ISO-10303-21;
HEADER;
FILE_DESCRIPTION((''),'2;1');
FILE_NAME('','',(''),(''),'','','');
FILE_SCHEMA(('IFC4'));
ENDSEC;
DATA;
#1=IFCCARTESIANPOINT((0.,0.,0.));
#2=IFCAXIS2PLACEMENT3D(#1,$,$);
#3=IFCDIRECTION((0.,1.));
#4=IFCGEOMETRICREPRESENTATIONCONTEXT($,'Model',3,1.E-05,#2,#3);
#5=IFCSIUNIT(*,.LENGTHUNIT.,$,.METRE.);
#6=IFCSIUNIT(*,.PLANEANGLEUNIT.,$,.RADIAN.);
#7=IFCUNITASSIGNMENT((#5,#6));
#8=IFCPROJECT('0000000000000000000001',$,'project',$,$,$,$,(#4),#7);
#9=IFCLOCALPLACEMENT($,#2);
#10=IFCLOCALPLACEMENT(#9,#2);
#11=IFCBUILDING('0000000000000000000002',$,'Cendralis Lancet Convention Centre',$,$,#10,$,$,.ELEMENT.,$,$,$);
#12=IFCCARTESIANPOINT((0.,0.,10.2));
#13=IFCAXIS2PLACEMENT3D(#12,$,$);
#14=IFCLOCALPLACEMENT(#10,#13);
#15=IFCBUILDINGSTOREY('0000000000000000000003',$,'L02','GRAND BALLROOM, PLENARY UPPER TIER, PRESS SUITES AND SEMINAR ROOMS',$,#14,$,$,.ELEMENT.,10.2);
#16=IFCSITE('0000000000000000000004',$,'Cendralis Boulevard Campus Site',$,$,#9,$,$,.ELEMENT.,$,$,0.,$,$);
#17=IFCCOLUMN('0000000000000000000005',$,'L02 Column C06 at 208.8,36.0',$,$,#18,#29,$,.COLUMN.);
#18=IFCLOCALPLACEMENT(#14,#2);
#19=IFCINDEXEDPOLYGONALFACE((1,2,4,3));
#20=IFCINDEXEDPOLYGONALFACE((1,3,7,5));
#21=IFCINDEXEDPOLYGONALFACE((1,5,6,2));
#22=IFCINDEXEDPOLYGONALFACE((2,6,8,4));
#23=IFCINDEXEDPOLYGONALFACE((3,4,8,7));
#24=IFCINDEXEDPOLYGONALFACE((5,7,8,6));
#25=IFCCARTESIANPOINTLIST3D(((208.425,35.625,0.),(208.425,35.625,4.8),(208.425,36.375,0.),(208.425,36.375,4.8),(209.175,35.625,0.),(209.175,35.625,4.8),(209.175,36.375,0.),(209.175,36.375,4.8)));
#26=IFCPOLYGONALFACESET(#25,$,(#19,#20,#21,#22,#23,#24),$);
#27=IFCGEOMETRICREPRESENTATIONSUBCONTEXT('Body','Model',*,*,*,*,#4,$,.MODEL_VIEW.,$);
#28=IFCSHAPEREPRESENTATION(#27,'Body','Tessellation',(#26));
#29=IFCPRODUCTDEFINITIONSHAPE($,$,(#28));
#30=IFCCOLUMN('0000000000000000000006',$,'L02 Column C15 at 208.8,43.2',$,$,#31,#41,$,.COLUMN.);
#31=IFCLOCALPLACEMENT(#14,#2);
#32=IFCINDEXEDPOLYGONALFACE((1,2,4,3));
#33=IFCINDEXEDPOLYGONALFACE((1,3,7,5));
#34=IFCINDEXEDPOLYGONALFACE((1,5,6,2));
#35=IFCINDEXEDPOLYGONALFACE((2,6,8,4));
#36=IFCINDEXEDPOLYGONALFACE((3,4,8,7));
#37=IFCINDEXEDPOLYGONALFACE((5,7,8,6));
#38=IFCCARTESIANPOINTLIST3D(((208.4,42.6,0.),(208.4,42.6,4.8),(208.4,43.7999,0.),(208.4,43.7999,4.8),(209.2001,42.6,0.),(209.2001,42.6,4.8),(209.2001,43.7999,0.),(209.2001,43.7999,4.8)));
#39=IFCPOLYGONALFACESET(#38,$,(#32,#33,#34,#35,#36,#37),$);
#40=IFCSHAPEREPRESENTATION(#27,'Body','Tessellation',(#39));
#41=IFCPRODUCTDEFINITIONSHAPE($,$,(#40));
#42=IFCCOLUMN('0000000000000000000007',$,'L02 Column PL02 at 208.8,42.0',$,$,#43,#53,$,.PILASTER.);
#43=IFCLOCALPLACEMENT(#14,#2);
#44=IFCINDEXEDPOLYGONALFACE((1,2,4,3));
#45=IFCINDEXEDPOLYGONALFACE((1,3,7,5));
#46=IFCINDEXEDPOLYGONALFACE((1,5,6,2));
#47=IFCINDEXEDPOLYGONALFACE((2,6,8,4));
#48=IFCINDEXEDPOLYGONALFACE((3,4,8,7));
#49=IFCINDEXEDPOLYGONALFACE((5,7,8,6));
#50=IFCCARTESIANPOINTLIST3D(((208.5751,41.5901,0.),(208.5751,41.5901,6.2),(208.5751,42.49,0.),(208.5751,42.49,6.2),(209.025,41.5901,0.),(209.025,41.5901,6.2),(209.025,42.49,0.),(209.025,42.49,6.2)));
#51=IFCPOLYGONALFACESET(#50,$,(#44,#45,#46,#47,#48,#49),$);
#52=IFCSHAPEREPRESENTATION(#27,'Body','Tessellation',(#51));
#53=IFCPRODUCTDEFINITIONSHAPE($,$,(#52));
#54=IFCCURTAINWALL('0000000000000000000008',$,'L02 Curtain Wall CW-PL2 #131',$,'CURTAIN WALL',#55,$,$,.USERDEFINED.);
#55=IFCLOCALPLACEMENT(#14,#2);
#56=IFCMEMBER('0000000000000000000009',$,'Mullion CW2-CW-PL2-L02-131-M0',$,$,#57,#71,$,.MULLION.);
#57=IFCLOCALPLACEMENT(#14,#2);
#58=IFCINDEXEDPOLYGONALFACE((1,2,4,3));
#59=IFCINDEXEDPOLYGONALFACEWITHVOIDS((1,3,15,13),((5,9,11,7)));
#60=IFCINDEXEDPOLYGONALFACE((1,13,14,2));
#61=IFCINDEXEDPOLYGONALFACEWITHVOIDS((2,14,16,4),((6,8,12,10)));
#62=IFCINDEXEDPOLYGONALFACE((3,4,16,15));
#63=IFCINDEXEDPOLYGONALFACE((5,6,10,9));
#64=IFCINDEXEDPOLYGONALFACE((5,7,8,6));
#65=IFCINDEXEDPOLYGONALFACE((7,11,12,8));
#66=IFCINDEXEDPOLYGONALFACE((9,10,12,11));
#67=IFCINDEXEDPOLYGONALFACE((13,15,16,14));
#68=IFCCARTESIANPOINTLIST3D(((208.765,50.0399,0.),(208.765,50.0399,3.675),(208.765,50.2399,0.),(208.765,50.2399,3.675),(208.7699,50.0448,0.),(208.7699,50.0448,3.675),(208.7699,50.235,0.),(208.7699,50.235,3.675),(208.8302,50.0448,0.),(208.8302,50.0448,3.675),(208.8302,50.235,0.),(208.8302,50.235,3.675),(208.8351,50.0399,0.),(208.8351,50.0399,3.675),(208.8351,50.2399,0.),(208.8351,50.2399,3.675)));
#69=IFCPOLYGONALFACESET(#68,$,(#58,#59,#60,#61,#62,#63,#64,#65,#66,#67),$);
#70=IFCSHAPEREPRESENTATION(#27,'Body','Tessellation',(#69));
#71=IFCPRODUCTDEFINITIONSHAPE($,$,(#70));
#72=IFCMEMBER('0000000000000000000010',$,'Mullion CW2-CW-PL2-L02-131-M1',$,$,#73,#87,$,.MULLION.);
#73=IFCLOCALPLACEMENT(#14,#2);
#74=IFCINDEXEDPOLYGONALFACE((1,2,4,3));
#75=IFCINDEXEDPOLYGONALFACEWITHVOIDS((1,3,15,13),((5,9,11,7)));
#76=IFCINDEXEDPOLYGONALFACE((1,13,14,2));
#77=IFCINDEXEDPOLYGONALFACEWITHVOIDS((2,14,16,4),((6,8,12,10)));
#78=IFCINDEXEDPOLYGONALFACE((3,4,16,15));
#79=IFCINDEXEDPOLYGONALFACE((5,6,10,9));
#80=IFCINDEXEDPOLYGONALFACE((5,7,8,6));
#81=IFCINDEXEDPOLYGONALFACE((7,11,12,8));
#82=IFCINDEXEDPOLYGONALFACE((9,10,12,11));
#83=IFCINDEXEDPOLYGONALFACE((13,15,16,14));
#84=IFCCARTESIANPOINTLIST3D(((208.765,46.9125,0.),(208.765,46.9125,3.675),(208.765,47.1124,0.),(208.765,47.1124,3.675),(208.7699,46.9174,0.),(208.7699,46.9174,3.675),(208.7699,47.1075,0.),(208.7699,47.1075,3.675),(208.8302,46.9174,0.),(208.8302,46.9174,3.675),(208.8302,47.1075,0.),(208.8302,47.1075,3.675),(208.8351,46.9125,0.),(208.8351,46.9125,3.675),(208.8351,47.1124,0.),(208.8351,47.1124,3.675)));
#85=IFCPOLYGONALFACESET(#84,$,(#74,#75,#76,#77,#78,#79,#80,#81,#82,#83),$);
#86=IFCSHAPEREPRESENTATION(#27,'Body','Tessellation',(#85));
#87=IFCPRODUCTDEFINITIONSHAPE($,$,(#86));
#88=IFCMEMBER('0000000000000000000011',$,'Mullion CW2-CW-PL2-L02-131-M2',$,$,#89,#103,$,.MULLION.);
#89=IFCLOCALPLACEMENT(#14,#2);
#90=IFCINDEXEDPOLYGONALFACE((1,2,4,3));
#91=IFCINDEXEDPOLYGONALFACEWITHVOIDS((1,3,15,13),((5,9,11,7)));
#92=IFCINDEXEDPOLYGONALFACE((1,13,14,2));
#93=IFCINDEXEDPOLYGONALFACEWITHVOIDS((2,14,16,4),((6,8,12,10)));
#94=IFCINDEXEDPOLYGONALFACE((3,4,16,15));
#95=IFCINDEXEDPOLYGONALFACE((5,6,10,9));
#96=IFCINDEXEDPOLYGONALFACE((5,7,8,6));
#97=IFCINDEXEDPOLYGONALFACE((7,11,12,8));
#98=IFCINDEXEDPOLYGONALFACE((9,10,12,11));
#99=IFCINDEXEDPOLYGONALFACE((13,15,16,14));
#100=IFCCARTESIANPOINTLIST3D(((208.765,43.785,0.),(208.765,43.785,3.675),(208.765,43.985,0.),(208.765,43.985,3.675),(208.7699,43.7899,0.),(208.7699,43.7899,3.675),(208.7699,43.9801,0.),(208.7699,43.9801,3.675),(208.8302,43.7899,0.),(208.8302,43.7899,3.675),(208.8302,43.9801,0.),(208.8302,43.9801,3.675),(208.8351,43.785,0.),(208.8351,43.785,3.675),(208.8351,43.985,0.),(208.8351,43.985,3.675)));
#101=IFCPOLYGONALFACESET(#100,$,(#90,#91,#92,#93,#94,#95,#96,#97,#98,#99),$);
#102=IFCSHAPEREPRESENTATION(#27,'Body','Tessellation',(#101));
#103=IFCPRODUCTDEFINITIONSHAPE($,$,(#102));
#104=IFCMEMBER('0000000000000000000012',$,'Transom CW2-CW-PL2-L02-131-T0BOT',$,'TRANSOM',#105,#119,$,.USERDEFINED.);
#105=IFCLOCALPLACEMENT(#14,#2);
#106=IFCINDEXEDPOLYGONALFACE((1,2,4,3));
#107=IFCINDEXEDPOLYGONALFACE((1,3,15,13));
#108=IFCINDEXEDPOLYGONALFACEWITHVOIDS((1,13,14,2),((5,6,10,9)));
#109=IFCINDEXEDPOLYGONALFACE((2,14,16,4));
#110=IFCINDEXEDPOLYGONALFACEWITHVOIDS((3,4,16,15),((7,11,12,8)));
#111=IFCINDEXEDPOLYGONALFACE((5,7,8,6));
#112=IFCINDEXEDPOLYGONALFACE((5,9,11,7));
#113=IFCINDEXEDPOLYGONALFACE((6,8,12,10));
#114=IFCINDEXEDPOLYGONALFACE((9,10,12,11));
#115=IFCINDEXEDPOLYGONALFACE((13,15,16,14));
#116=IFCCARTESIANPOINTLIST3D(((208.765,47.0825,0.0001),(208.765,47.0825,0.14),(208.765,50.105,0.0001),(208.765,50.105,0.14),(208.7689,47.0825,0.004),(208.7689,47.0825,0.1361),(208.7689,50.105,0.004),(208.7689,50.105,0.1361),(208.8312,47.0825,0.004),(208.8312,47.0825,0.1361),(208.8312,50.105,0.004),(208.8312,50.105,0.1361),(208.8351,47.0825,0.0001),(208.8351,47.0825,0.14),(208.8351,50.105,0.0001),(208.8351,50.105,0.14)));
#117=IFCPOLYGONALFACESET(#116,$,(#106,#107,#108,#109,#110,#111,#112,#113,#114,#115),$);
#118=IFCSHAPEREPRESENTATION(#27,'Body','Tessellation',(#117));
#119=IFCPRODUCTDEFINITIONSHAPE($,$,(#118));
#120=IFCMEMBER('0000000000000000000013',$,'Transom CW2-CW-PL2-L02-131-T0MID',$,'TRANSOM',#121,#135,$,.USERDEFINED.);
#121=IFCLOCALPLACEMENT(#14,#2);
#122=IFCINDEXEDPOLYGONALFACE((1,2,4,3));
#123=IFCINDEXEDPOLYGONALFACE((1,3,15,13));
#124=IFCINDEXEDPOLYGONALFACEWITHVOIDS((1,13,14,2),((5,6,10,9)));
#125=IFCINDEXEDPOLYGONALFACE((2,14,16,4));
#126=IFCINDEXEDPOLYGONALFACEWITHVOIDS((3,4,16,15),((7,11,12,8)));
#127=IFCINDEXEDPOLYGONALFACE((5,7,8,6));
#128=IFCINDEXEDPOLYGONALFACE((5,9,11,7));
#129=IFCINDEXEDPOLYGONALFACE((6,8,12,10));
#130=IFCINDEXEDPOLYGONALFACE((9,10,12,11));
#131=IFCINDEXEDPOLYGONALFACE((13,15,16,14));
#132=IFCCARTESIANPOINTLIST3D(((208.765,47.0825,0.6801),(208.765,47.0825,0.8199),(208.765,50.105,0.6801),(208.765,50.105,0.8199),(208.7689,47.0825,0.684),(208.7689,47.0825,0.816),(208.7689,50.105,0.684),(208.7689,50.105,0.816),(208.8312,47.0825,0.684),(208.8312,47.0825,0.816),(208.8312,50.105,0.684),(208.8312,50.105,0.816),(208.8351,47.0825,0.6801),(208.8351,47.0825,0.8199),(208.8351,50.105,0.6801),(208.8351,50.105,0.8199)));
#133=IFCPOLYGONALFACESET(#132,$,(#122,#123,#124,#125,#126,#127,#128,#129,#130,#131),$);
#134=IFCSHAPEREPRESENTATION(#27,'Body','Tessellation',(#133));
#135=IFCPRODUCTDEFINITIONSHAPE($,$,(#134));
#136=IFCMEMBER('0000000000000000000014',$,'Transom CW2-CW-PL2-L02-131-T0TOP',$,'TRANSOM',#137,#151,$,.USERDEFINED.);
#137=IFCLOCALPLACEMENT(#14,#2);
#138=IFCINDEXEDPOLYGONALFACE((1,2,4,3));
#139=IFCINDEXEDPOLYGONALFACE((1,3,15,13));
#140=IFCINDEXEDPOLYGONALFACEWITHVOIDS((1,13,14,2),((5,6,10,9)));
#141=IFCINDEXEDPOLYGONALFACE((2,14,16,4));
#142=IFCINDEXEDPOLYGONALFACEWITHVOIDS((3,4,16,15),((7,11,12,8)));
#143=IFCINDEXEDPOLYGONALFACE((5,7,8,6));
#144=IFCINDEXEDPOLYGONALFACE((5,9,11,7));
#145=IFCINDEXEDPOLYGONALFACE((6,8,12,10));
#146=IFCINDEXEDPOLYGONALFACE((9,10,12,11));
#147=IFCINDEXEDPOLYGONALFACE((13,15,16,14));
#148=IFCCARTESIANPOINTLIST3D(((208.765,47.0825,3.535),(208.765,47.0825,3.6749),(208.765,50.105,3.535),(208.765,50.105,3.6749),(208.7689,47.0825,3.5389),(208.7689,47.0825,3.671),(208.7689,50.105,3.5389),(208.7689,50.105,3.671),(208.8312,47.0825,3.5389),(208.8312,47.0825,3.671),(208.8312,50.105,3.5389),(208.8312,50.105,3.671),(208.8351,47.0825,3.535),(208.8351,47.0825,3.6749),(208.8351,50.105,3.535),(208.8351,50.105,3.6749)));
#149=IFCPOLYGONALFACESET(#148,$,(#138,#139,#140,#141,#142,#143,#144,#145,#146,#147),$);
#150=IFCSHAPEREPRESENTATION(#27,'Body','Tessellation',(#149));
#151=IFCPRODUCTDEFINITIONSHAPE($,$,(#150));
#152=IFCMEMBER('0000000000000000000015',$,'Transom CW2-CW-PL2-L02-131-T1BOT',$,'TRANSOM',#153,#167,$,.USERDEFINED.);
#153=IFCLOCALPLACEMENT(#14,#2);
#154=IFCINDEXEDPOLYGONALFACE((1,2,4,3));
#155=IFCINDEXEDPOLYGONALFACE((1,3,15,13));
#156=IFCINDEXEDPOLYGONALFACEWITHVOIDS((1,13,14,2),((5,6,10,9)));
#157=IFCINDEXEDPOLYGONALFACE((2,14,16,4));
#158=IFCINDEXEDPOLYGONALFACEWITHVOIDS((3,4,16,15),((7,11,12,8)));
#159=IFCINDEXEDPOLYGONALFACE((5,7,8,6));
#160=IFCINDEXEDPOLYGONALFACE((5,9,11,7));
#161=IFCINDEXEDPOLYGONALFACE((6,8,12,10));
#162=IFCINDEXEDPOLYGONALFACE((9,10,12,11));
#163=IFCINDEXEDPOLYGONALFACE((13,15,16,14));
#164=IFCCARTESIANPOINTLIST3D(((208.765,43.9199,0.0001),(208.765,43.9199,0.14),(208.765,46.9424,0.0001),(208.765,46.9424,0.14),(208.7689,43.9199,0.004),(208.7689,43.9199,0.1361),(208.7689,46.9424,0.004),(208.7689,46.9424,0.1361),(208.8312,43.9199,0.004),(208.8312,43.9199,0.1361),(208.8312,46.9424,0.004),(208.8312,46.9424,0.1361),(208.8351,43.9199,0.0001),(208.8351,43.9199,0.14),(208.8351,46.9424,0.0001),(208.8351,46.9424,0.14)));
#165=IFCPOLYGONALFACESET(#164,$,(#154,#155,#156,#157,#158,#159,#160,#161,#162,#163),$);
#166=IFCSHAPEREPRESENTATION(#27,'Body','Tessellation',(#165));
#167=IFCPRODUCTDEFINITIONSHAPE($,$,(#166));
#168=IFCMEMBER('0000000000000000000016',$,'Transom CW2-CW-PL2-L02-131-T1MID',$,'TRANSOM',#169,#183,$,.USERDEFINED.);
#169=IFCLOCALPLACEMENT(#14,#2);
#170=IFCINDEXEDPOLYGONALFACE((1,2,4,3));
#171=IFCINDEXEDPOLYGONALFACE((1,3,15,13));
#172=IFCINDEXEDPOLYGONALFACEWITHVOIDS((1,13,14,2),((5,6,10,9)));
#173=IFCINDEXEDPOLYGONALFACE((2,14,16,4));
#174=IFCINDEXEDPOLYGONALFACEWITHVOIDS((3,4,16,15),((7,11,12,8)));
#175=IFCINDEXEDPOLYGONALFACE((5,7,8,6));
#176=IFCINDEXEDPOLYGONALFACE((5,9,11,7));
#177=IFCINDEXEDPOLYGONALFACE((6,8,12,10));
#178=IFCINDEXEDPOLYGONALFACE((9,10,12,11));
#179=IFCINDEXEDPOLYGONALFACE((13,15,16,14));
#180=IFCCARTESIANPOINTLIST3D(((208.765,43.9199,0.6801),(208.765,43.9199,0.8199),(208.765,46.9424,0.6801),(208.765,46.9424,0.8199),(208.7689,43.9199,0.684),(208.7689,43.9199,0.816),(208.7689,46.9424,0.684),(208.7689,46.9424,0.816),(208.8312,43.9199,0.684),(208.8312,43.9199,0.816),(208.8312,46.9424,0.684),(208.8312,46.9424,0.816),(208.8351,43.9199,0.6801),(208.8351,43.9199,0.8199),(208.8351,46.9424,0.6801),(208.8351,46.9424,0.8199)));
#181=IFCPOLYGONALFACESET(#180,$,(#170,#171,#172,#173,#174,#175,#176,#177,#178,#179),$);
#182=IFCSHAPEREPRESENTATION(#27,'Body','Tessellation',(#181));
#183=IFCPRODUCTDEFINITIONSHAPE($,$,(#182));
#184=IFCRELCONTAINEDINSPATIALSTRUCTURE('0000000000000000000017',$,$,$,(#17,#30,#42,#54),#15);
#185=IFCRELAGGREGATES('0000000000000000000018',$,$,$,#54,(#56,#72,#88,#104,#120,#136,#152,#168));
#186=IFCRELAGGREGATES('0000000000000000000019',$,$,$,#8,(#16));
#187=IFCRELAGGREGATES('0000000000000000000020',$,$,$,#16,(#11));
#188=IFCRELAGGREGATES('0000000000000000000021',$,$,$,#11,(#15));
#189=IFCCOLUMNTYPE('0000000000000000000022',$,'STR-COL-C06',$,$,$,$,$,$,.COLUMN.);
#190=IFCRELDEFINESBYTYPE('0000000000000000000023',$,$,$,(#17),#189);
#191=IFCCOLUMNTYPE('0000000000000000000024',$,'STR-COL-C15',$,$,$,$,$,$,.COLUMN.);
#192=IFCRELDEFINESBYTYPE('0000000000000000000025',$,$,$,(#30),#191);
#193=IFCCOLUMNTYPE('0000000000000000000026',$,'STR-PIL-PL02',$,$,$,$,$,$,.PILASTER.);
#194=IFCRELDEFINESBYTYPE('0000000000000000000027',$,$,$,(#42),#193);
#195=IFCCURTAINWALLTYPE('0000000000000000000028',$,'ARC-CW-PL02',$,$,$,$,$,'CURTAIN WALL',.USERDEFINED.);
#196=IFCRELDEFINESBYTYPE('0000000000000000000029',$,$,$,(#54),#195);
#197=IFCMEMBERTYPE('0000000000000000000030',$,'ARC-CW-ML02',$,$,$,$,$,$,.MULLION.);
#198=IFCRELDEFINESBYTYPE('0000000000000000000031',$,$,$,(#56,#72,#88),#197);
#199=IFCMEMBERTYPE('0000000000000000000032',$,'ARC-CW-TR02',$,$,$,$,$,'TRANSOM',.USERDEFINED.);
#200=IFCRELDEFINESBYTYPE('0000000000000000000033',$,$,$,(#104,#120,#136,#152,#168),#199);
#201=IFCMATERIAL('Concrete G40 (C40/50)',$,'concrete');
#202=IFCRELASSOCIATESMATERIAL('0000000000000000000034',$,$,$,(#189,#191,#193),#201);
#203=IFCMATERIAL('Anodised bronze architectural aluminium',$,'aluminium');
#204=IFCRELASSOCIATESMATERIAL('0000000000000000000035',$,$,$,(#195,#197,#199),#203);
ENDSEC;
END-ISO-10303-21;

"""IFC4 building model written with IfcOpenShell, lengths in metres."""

from ifc_helpers import new_model, si_unit, direction, frame, origin, origin_2d, place, context, subcontext, project, spatial, rectangle, hollow_rectangle, extrude, material, material_profile, profile_set, type_object, element, aggregate, save


model = new_model("IFC4")

# Units and contexts
model_context = context("Model", 3, precision=1e-05, world=origin(), true_north=direction((0.0, 1.0)))
body_context = subcontext(model_context, "Body", "Model", "MODEL_VIEW")
ifc_project = project(units=[si_unit("LENGTHUNIT", "METRE"), si_unit("PLANEANGLEUNIT", "RADIAN")], contexts=[model_context])

# Site, building, storey
site_placement = place(None, origin())
site = spatial("IfcSite", under=ifc_project, at=site_placement, Name="Cendralis Boulevard Campus Site", CompositionType="ELEMENT", RefElevation=0.0)
building_placement = place(site_placement, origin())
building = spatial("IfcBuilding", under=site, at=building_placement, Name="Cendralis Lancet Convention Centre", CompositionType="ELEMENT")
storey_placement = place(building_placement, frame((0.0, 0.0, 10.2)))
storey = spatial("IfcBuildingStorey", under=building, at=storey_placement, Name="L02", Description="GRAND BALLROOM, PLENARY UPPER TIER, PRESS SUITES AND SEMINAR ROOMS", CompositionType="ELEMENT", Elevation=10.2)

# Columns
ifc_material_1 = material(Name="Concrete G40 (C40/50)", Category="concrete")
ifc_material_profile_1 = material_profile(ifc_material_1, rectangle(XDim=0.75, YDim=0.75, at=origin_2d()), Name="RC 750x750")
ifc_profile_set_1 = profile_set([ifc_material_profile_1], Name="Concrete G40 (C40/50)")
column_type_1 = type_object("IfcColumnType", Name="STR-COL-C06", PredefinedType="COLUMN", material=ifc_profile_set_1)
column_1_placement = place(storey_placement, frame((208.8, 36.0, 0.0), z_axis=(0.0, 0.0, 1.0), x_axis=(1.0, 0.0, 0.0)))
element("IfcColumn", 1, at=column_1_placement, inside=storey, type_object=column_type_1, Name="L02 Column C06 at 208.8,36.0", PredefinedType="COLUMN", context=body_context, shape_type="SweptSolid", body=[
    extrude(rectangle(XDim=0.75, YDim=0.75, at=origin_2d()), origin(), (0.0, 0.0, 1.0), 4.8),
])
ifc_material_profile_2 = material_profile(ifc_material_1, rectangle(XDim=0.8, YDim=1.2, at=origin_2d()), Name="RC 800x1200")
ifc_profile_set_2 = profile_set([ifc_material_profile_2], Name="Concrete G40 (C40/50)")
column_type_2 = type_object("IfcColumnType", Name="STR-COL-C15", PredefinedType="COLUMN", material=ifc_profile_set_2)
column_2_placement = place(storey_placement, frame((208.8, 43.2, 0.0), z_axis=(0.0, 0.0, 1.0), x_axis=(1.0, 0.0, 0.0)))
element("IfcColumn", 2, at=column_2_placement, inside=storey, type_object=column_type_2, Name="L02 Column C15 at 208.8,43.2", PredefinedType="COLUMN", context=body_context, shape_type="SweptSolid", body=[
    extrude(rectangle(XDim=0.8, YDim=1.2, at=origin_2d()), origin(), (0.0, 0.0, 1.0), 4.8),
])
ifc_material_profile_3 = material_profile(ifc_material_1, rectangle(XDim=0.45, YDim=0.8999, at=origin_2d()), Name="RC 450x900")
ifc_profile_set_3 = profile_set([ifc_material_profile_3], Name="Concrete G40 (C40/50)")
column_type_3 = type_object("IfcColumnType", Name="STR-PIL-PL02", PredefinedType="PILASTER", material=ifc_profile_set_3)
column_3_placement = place(storey_placement, frame((208.8, 42.04, 0.0), z_axis=(0.0, 0.0, 1.0), x_axis=(1.0, 0.0, 0.0)))
element("IfcColumn", 3, at=column_3_placement, inside=storey, type_object=column_type_3, Name="L02 Column PL02 at 208.8,42.0", PredefinedType="PILASTER", context=body_context, shape_type="SweptSolid", body=[
    extrude(rectangle(XDim=0.45, YDim=0.8999, at=origin_2d()), origin(), (0.0, 0.0, 1.0), 6.2),
])

# Curtain wall, members
ifc_material_2 = material(Name="Anodised bronze architectural aluminium", Category="aluminium")
curtain_wall_type = type_object("IfcCurtainWallType", Name="ARC-CW-PL02", ElementType="CURTAIN WALL", PredefinedType="USERDEFINED", material=ifc_material_2)
curtain_wall_placement = place(storey_placement, origin())
curtain_wall = element("IfcCurtainWall", 4, at=curtain_wall_placement, inside=storey, type_object=curtain_wall_type, Name="L02 Curtain Wall CW-PL2 #131", ObjectType="CURTAIN WALL", PredefinedType="USERDEFINED")
ifc_material_profile_4 = material_profile(ifc_material_2, hollow_rectangle(XDim=0.0701, YDim=0.2, WallThickness=0.0049, at=origin_2d()), Name="AL-MULL 70x200x5.0")
ifc_profile_set_4 = profile_set([ifc_material_profile_4], Name="Anodised bronze architectural aluminium")
member_type_1 = type_object("IfcMemberType", Name="ARC-CW-ML02", PredefinedType="MULLION", material=ifc_profile_set_4)
member_1_placement = place(storey_placement, frame((208.8, 50.1399, 0.0), z_axis=(0.0, 0.0, 1.0), x_axis=(1.0, 0.0, 0.0)))
member_1 = element("IfcMember", 5, at=member_1_placement, type_object=member_type_1, Name="Mullion CW2-CW-PL2-L02-131-M0", PredefinedType="MULLION", context=body_context, shape_type="SweptSolid", body=[
    extrude(hollow_rectangle(XDim=0.0701, YDim=0.2, WallThickness=0.0049, at=origin_2d()), origin(), (0.0, 0.0, 1.0), 3.675),
])
member_2_placement = place(storey_placement, frame((208.8, 47.0125, 0.0), z_axis=(0.0, 0.0, 1.0), x_axis=(1.0, 0.0, 0.0)))
member_2 = element("IfcMember", 6, at=member_2_placement, type_object=member_type_1, Name="Mullion CW2-CW-PL2-L02-131-M1", PredefinedType="MULLION", context=body_context, shape_type="SweptSolid", body=[
    extrude(hollow_rectangle(XDim=0.0701, YDim=0.2, WallThickness=0.0049, at=origin_2d()), origin(), (0.0, 0.0, 1.0), 3.675),
])
member_3_placement = place(storey_placement, frame((208.8, 43.885, 0.0), z_axis=(0.0, 0.0, 1.0), x_axis=(1.0, 0.0, 0.0)))
member_3 = element("IfcMember", 7, at=member_3_placement, type_object=member_type_1, Name="Mullion CW2-CW-PL2-L02-131-M2", PredefinedType="MULLION", context=body_context, shape_type="SweptSolid", body=[
    extrude(hollow_rectangle(XDim=0.0701, YDim=0.2, WallThickness=0.0049, at=origin_2d()), origin(), (0.0, 0.0, 1.0), 3.675),
])
ifc_material_profile_5 = material_profile(ifc_material_2, hollow_rectangle(XDim=0.0701, YDim=0.1399, WallThickness=0.0039, at=origin_2d()), Name="AL-TRAN 70x140x4.0")
ifc_profile_set_5 = profile_set([ifc_material_profile_5], Name="Anodised bronze architectural aluminium")
member_type_2 = type_object("IfcMemberType", Name="ARC-CW-TR02", ElementType="TRANSOM", PredefinedType="USERDEFINED", material=ifc_profile_set_5)
member_4_placement = place(storey_placement, frame((208.8, 50.105, 0.0701), z_axis=(0.0, -1.0, 0.0), x_axis=(1.0, 0.0, 0.0)))
member_4 = element("IfcMember", 8, at=member_4_placement, type_object=member_type_2, Name="Transom CW2-CW-PL2-L02-131-T0BOT", ObjectType="TRANSOM", PredefinedType="USERDEFINED", context=body_context, shape_type="SweptSolid", body=[
    extrude(hollow_rectangle(XDim=0.0701, YDim=0.1399, WallThickness=0.0039, at=origin_2d()), origin(), (0.0, 0.0, 1.0), 3.0225),
])
member_5_placement = place(storey_placement, frame((208.8, 50.105, 0.75), z_axis=(0.0, -1.0, 0.0), x_axis=(1.0, 0.0, 0.0)))
member_5 = element("IfcMember", 9, at=member_5_placement, type_object=member_type_2, Name="Transom CW2-CW-PL2-L02-131-T0MID", ObjectType="TRANSOM", PredefinedType="USERDEFINED", context=body_context, shape_type="SweptSolid", body=[
    extrude(hollow_rectangle(XDim=0.0701, YDim=0.1399, WallThickness=0.0039, at=origin_2d()), origin(), (0.0, 0.0, 1.0), 3.0225),
])
member_6_placement = place(storey_placement, frame((208.8, 50.105, 3.605), z_axis=(0.0, -1.0, 0.0), x_axis=(1.0, 0.0, 0.0)))
member_6 = element("IfcMember", 10, at=member_6_placement, type_object=member_type_2, Name="Transom CW2-CW-PL2-L02-131-T0TOP", ObjectType="TRANSOM", PredefinedType="USERDEFINED", context=body_context, shape_type="SweptSolid", body=[
    extrude(hollow_rectangle(XDim=0.0701, YDim=0.1399, WallThickness=0.0039, at=origin_2d()), origin(), (0.0, 0.0, 1.0), 3.0225),
])
member_7_placement = place(storey_placement, frame((208.8, 46.9424, 0.0701), z_axis=(0.0, -1.0, 0.0), x_axis=(1.0, 0.0, 0.0)))
member_7 = element("IfcMember", 11, at=member_7_placement, type_object=member_type_2, Name="Transom CW2-CW-PL2-L02-131-T1BOT", ObjectType="TRANSOM", PredefinedType="USERDEFINED", context=body_context, shape_type="SweptSolid", body=[
    extrude(hollow_rectangle(XDim=0.0701, YDim=0.1399, WallThickness=0.0039, at=origin_2d()), origin(), (0.0, 0.0, 1.0), 3.0225),
])
member_8_placement = place(storey_placement, frame((208.8, 46.9424, 0.75), z_axis=(0.0, -1.0, 0.0), x_axis=(1.0, 0.0, 0.0)))
member_8 = element("IfcMember", 12, at=member_8_placement, type_object=member_type_2, Name="Transom CW2-CW-PL2-L02-131-T1MID", ObjectType="TRANSOM", PredefinedType="USERDEFINED", context=body_context, shape_type="SweptSolid", body=[
    extrude(hollow_rectangle(XDim=0.0701, YDim=0.1399, WallThickness=0.0039, at=origin_2d()), origin(), (0.0, 0.0, 1.0), 3.0225),
])

aggregate(curtain_wall, [member_1, member_2, member_3, member_4, member_5, member_6, member_7, member_8])

save(model, "model.ifc")
